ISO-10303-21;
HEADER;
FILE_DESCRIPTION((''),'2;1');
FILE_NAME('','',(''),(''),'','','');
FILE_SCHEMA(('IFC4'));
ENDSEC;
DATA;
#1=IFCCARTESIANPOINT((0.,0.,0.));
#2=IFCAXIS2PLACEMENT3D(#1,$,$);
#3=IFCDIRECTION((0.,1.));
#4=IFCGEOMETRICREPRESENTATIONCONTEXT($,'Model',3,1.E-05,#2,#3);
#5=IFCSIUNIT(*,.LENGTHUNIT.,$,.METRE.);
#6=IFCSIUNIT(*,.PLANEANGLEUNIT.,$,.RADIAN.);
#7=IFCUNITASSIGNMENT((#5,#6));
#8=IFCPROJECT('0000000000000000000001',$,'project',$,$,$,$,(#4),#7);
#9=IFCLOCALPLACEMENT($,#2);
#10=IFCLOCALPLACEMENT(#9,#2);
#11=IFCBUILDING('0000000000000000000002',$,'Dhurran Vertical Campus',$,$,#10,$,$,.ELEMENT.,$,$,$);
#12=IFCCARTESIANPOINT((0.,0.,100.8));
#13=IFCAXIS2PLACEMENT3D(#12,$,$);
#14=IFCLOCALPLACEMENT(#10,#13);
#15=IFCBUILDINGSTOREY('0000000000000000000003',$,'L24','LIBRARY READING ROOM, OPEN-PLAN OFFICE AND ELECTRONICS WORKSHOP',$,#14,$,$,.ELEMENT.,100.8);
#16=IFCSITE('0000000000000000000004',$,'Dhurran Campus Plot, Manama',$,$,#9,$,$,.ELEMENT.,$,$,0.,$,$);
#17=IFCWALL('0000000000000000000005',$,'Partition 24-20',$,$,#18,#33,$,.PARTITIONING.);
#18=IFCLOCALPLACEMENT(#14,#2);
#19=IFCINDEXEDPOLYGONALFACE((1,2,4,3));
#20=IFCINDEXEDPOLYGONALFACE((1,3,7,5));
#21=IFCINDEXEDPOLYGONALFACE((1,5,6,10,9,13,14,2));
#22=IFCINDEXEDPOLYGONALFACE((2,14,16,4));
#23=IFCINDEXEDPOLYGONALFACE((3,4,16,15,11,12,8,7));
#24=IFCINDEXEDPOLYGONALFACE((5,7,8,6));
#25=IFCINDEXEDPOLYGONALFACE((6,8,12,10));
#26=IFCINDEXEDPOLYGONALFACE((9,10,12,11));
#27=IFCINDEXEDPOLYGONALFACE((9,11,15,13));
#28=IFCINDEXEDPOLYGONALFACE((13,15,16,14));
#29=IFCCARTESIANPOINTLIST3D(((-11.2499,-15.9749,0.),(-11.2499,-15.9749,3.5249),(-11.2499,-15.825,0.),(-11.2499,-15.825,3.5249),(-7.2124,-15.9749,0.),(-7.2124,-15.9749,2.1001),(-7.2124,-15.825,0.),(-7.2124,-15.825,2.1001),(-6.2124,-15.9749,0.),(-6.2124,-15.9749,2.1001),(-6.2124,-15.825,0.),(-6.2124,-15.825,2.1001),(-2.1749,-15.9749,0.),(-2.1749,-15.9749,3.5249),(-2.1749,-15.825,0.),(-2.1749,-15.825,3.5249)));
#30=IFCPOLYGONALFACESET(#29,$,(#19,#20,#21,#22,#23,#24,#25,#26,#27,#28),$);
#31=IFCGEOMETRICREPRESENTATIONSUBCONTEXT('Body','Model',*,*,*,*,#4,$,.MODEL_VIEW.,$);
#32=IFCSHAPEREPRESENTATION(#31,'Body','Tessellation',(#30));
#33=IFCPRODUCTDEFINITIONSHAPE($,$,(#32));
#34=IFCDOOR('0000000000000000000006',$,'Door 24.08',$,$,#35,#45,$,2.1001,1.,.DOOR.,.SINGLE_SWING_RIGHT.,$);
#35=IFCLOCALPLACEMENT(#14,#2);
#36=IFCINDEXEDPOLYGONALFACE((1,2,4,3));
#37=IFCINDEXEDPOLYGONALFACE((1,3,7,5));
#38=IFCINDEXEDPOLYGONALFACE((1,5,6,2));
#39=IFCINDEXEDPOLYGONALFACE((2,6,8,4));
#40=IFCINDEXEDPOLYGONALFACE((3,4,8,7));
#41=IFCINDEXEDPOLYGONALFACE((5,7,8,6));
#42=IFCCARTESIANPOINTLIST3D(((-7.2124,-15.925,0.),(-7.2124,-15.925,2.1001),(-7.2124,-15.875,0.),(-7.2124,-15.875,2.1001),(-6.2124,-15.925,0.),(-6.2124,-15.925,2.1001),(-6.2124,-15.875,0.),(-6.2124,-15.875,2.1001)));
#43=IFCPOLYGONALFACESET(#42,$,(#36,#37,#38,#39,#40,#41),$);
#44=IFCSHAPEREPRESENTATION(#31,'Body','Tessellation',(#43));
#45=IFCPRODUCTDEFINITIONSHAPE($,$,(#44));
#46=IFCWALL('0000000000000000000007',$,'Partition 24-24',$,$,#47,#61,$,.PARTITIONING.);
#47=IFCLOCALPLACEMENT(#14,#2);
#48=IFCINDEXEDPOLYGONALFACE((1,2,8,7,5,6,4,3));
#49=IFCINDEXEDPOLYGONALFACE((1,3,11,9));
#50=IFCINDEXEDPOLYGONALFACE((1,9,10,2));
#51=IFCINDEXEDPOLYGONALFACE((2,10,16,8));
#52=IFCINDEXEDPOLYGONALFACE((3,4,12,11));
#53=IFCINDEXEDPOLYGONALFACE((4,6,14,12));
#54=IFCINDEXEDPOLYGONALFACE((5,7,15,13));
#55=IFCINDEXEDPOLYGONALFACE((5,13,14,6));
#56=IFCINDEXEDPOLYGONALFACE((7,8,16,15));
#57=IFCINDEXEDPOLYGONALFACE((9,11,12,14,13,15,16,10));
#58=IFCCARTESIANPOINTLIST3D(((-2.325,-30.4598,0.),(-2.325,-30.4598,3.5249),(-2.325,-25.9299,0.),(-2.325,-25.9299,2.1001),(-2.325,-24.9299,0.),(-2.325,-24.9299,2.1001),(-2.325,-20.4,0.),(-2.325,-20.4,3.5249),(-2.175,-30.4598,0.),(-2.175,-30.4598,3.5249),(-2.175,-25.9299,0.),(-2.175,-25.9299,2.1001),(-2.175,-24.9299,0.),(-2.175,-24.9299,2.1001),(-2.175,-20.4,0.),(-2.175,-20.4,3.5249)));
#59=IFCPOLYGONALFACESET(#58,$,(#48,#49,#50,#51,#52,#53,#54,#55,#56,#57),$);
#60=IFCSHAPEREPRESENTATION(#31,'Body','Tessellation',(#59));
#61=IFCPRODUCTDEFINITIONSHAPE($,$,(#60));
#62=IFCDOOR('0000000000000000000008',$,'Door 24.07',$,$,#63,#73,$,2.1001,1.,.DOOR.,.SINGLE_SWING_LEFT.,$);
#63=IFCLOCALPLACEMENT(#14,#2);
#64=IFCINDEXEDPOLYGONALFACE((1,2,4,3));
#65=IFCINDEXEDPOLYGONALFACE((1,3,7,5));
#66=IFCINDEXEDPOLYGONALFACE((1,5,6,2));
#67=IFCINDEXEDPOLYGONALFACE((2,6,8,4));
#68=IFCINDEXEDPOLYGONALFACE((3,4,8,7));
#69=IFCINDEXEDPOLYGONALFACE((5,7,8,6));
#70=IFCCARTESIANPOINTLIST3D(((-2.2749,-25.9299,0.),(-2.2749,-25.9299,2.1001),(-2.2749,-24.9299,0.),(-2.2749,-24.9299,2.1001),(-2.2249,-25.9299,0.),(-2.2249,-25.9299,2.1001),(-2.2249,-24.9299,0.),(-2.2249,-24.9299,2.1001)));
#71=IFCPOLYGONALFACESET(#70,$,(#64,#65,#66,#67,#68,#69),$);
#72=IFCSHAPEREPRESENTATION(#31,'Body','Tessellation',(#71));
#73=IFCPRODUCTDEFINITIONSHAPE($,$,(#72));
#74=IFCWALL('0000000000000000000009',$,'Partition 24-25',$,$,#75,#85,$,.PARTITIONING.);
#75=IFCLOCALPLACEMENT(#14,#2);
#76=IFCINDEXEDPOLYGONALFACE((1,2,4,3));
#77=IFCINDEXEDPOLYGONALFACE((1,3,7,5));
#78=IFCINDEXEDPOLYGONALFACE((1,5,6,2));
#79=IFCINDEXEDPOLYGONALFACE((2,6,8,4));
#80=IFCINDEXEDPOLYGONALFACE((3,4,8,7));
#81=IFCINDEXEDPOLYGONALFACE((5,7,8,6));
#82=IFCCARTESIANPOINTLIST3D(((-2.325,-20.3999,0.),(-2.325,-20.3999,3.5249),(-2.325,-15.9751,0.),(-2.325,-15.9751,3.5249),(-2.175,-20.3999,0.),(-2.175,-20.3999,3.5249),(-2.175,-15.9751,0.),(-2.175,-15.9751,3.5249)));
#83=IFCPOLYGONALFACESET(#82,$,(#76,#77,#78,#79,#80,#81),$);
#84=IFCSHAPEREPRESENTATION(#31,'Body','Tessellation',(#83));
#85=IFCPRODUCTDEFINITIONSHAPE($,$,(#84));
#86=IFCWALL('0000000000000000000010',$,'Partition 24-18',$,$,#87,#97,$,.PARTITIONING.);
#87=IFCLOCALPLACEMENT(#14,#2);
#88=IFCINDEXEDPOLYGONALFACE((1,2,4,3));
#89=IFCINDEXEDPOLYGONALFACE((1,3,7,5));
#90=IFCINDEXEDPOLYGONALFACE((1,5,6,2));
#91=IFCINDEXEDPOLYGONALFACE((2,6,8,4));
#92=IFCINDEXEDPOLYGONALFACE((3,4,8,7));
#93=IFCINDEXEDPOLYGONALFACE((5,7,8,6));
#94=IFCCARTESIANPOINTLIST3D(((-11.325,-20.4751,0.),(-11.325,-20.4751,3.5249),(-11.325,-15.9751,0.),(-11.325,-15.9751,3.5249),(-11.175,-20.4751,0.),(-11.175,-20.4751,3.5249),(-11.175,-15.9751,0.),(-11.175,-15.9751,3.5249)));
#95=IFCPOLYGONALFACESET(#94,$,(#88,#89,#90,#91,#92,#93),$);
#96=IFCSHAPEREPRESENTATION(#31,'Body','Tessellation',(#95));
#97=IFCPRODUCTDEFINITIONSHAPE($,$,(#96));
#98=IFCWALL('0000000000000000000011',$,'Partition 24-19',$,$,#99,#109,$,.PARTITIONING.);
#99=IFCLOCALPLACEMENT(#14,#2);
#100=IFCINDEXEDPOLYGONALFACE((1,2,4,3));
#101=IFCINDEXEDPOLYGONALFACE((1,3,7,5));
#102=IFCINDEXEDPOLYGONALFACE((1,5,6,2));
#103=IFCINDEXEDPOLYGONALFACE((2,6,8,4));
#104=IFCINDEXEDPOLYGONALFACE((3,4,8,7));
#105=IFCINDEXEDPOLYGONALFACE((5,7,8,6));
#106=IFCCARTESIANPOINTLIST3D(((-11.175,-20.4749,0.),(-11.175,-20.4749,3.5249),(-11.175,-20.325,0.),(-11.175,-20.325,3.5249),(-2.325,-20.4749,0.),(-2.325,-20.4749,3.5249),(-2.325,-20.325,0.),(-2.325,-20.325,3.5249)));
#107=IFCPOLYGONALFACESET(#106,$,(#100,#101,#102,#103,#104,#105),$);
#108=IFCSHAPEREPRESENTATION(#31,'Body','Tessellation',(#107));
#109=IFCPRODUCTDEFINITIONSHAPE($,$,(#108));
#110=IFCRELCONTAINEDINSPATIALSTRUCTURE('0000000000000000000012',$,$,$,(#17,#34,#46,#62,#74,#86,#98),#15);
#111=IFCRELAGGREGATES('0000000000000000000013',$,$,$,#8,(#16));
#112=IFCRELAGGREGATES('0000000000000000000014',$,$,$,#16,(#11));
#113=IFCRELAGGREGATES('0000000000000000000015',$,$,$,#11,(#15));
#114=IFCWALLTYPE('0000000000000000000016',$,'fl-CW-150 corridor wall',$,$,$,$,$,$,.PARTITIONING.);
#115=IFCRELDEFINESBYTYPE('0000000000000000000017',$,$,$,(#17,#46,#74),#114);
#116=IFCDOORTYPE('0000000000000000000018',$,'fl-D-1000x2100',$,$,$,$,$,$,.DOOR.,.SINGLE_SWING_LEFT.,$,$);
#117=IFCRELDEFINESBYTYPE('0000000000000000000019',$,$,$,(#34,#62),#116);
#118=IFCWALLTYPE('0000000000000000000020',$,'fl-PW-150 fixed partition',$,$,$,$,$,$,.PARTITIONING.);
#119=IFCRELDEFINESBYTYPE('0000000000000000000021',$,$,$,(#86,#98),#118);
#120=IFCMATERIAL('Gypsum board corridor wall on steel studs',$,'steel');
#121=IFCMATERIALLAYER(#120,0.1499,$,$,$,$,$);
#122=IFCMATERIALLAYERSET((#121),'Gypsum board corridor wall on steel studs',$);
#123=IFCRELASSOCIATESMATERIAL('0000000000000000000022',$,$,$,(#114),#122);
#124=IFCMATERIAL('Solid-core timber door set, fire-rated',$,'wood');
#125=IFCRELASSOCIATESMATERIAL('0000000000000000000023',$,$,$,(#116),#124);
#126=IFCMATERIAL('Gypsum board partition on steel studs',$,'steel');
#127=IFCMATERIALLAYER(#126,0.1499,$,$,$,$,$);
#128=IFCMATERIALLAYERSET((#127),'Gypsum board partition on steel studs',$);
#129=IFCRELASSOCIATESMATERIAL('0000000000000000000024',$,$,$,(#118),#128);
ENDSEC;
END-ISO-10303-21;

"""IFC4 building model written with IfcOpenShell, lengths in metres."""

from ifc_helpers import new_model, si_unit, direction, frame, frame_2d, origin, place, context, subcontext, project, spatial, rectangle, extrude, material, layer, layer_set, type_object, element, fill, save


model = new_model("IFC4")

# Units and contexts
model_context = context("Model", 3, precision=1e-05, world=origin(), true_north=direction((0.0, 1.0)))
body_context = subcontext(model_context, "Body", "Model", "MODEL_VIEW")
ifc_project = project(units=[si_unit("LENGTHUNIT", "METRE"), si_unit("PLANEANGLEUNIT", "RADIAN")], contexts=[model_context])

# Site, building, storey
site_placement = place(None, origin())
site = spatial("IfcSite", under=ifc_project, at=site_placement, Name="Dhurran Campus Plot, Manama", CompositionType="ELEMENT", RefElevation=0.0)
building_placement = place(site_placement, origin())
building = spatial("IfcBuilding", under=site, at=building_placement, Name="Dhurran Vertical Campus", CompositionType="ELEMENT")
storey_placement = place(building_placement, frame((0.0, 0.0, 100.8)))
storey = spatial("IfcBuildingStorey", under=building, at=storey_placement, Name="L24", Description="LIBRARY READING ROOM, OPEN-PLAN OFFICE AND ELECTRONICS WORKSHOP", CompositionType="ELEMENT", Elevation=100.8)

# Walls, openings, doors
ifc_material_1 = material(Name="Gypsum board corridor wall on steel studs", Category="steel")
ifc_layer_1 = layer(ifc_material_1, 0.1499)
ifc_layer_set_1 = layer_set([ifc_layer_1], Name="Gypsum board corridor wall on steel studs")
wall_type_1 = type_object("IfcWallType", Name="fl-CW-150 corridor wall", PredefinedType="PARTITIONING", material=ifc_layer_set_1)
wall_1_placement = place(storey_placement, frame((-11.25, -15.8999, 0.0), z_axis=(0.0, 0.0, 1.0), x_axis=(1.0, 0.0, 0.0)))
wall_1 = element("IfcWall", 1, at=wall_1_placement, inside=storey, type_object=wall_type_1, Name="Partition 24-20", PredefinedType="PARTITIONING", context=body_context, shape_type="SweptSolid", body=[
    extrude(rectangle(XDim=9.075, YDim=0.1499, at=frame_2d((4.5376, 0.0))), origin(), (0.0, 0.0, 1.0), 3.5249),
])
opening_1_placement = place(wall_1_placement, frame((4.0376, 0.0, 0.0)))
opening_1 = element("IfcOpeningElement", 2, at=opening_1_placement, cuts=wall_1, PredefinedType="OPENING", context=body_context, shape_type="SweptSolid", body=[
    extrude(rectangle(XDim=1.0, YDim=2.1001, at=frame_2d((0.5, 1.05))), frame((0.0, 0.085, 0.0), z_axis=(0.0, -1.0, 0.0), x_axis=(1.0, 0.0, 0.0)), (0.0, 0.0, 1.0), 0.1699),
])
ifc_material_2 = material(Name="Solid-core timber door set, fire-rated", Category="wood")
door_type_1 = type_object("IfcDoorType", Name="fl-D-1000x2100", OperationType="SINGLE_SWING_LEFT", PredefinedType="DOOR", material=ifc_material_2)
door_1_placement = place(opening_1_placement, origin())
door_1 = element("IfcDoor", 3, at=door_1_placement, inside=storey, type_object=door_type_1, Name="Door 24.08", OperationType="SINGLE_SWING_RIGHT", OverallHeight=2.1001, OverallWidth=1.0, PredefinedType="DOOR", context=body_context, shape_type="SweptSolid", body=[
    extrude(rectangle(XDim=1.0, YDim=2.1001, at=frame_2d((0.5, 1.05))), frame((0.0, 0.0249, 0.0), z_axis=(0.0, -1.0, 0.0), x_axis=(1.0, 0.0, 0.0)), (0.0, 0.0, 1.0), 0.05),
])
fill(opening_1, door_1)
wall_2_placement = place(storey_placement, frame((-2.25, -30.4597, 0.0), z_axis=(0.0, 0.0, 1.0), x_axis=(0.0, 1.0, 0.0)))
wall_2 = element("IfcWall", 4, at=wall_2_placement, inside=storey, type_object=wall_type_1, Name="Partition 24-24", PredefinedType="PARTITIONING", context=body_context, shape_type="SweptSolid", body=[
    extrude(rectangle(XDim=10.0598, YDim=0.1499, at=frame_2d((5.0298, 0.0))), origin(), (0.0, 0.0, 1.0), 3.5249),
])
opening_2_placement = place(wall_2_placement, frame((4.5298, 0.0, 0.0)))
opening_2 = element("IfcOpeningElement", 5, at=opening_2_placement, cuts=wall_2, PredefinedType="OPENING", context=body_context, shape_type="SweptSolid", body=[
    extrude(rectangle(XDim=1.0, YDim=2.1001, at=frame_2d((0.5, 1.05))), frame((0.0, 0.085, 0.0), z_axis=(0.0, -1.0, 0.0), x_axis=(1.0, 0.0, 0.0)), (0.0, 0.0, 1.0), 0.1699),
])
door_2_placement = place(opening_2_placement, origin())
door_2 = element("IfcDoor", 6, at=door_2_placement, inside=storey, type_object=door_type_1, Name="Door 24.07", OperationType="SINGLE_SWING_LEFT", OverallHeight=2.1001, OverallWidth=1.0, PredefinedType="DOOR", context=body_context, shape_type="SweptSolid", body=[
    extrude(rectangle(XDim=1.0, YDim=2.1001, at=frame_2d((0.5, 1.05))), frame((0.0, 0.0249, 0.0), z_axis=(0.0, -1.0, 0.0), x_axis=(1.0, 0.0, 0.0)), (0.0, 0.0, 1.0), 0.05),
])
fill(opening_2, door_2)

# Walls
wall_3_placement = place(storey_placement, frame((-2.25, -20.3999, 0.0), z_axis=(0.0, 0.0, 1.0), x_axis=(0.0, 1.0, 0.0)))
element("IfcWall", 7, at=wall_3_placement, inside=storey, type_object=wall_type_1, Name="Partition 24-25", PredefinedType="PARTITIONING", context=body_context, shape_type="SweptSolid", body=[
    extrude(rectangle(XDim=4.4248, YDim=0.1499, at=frame_2d((2.2124, 0.0))), origin(), (0.0, 0.0, 1.0), 3.5249),
])
ifc_material_3 = material(Name="Gypsum board partition on steel studs", Category="steel")
ifc_layer_2 = layer(ifc_material_3, 0.1499)
ifc_layer_set_2 = layer_set([ifc_layer_2], Name="Gypsum board partition on steel studs")
wall_type_2 = type_object("IfcWallType", Name="fl-PW-150 fixed partition", PredefinedType="PARTITIONING", material=ifc_layer_set_2)
wall_4_placement = place(storey_placement, frame((-11.25, -15.9751, 0.0), z_axis=(0.0, 0.0, 1.0), x_axis=(0.0, -1.0, 0.0)))
element("IfcWall", 8, at=wall_4_placement, inside=storey, type_object=wall_type_2, Name="Partition 24-18", PredefinedType="PARTITIONING", context=body_context, shape_type="SweptSolid", body=[
    extrude(rectangle(XDim=4.5, YDim=0.1499, at=frame_2d((2.25, 0.0))), origin(), (0.0, 0.0, 1.0), 3.5249),
])
wall_5_placement = place(storey_placement, frame((-11.175, -20.3999, 0.0), z_axis=(0.0, 0.0, 1.0), x_axis=(1.0, 0.0, 0.0)))
element("IfcWall", 9, at=wall_5_placement, inside=storey, type_object=wall_type_2, Name="Partition 24-19", PredefinedType="PARTITIONING", context=body_context, shape_type="SweptSolid", body=[
    extrude(rectangle(XDim=8.8501, YDim=0.1499, at=frame_2d((4.425, 0.0))), origin(), (0.0, 0.0, 1.0), 3.5249),
])

save(model, "model.ifc")
